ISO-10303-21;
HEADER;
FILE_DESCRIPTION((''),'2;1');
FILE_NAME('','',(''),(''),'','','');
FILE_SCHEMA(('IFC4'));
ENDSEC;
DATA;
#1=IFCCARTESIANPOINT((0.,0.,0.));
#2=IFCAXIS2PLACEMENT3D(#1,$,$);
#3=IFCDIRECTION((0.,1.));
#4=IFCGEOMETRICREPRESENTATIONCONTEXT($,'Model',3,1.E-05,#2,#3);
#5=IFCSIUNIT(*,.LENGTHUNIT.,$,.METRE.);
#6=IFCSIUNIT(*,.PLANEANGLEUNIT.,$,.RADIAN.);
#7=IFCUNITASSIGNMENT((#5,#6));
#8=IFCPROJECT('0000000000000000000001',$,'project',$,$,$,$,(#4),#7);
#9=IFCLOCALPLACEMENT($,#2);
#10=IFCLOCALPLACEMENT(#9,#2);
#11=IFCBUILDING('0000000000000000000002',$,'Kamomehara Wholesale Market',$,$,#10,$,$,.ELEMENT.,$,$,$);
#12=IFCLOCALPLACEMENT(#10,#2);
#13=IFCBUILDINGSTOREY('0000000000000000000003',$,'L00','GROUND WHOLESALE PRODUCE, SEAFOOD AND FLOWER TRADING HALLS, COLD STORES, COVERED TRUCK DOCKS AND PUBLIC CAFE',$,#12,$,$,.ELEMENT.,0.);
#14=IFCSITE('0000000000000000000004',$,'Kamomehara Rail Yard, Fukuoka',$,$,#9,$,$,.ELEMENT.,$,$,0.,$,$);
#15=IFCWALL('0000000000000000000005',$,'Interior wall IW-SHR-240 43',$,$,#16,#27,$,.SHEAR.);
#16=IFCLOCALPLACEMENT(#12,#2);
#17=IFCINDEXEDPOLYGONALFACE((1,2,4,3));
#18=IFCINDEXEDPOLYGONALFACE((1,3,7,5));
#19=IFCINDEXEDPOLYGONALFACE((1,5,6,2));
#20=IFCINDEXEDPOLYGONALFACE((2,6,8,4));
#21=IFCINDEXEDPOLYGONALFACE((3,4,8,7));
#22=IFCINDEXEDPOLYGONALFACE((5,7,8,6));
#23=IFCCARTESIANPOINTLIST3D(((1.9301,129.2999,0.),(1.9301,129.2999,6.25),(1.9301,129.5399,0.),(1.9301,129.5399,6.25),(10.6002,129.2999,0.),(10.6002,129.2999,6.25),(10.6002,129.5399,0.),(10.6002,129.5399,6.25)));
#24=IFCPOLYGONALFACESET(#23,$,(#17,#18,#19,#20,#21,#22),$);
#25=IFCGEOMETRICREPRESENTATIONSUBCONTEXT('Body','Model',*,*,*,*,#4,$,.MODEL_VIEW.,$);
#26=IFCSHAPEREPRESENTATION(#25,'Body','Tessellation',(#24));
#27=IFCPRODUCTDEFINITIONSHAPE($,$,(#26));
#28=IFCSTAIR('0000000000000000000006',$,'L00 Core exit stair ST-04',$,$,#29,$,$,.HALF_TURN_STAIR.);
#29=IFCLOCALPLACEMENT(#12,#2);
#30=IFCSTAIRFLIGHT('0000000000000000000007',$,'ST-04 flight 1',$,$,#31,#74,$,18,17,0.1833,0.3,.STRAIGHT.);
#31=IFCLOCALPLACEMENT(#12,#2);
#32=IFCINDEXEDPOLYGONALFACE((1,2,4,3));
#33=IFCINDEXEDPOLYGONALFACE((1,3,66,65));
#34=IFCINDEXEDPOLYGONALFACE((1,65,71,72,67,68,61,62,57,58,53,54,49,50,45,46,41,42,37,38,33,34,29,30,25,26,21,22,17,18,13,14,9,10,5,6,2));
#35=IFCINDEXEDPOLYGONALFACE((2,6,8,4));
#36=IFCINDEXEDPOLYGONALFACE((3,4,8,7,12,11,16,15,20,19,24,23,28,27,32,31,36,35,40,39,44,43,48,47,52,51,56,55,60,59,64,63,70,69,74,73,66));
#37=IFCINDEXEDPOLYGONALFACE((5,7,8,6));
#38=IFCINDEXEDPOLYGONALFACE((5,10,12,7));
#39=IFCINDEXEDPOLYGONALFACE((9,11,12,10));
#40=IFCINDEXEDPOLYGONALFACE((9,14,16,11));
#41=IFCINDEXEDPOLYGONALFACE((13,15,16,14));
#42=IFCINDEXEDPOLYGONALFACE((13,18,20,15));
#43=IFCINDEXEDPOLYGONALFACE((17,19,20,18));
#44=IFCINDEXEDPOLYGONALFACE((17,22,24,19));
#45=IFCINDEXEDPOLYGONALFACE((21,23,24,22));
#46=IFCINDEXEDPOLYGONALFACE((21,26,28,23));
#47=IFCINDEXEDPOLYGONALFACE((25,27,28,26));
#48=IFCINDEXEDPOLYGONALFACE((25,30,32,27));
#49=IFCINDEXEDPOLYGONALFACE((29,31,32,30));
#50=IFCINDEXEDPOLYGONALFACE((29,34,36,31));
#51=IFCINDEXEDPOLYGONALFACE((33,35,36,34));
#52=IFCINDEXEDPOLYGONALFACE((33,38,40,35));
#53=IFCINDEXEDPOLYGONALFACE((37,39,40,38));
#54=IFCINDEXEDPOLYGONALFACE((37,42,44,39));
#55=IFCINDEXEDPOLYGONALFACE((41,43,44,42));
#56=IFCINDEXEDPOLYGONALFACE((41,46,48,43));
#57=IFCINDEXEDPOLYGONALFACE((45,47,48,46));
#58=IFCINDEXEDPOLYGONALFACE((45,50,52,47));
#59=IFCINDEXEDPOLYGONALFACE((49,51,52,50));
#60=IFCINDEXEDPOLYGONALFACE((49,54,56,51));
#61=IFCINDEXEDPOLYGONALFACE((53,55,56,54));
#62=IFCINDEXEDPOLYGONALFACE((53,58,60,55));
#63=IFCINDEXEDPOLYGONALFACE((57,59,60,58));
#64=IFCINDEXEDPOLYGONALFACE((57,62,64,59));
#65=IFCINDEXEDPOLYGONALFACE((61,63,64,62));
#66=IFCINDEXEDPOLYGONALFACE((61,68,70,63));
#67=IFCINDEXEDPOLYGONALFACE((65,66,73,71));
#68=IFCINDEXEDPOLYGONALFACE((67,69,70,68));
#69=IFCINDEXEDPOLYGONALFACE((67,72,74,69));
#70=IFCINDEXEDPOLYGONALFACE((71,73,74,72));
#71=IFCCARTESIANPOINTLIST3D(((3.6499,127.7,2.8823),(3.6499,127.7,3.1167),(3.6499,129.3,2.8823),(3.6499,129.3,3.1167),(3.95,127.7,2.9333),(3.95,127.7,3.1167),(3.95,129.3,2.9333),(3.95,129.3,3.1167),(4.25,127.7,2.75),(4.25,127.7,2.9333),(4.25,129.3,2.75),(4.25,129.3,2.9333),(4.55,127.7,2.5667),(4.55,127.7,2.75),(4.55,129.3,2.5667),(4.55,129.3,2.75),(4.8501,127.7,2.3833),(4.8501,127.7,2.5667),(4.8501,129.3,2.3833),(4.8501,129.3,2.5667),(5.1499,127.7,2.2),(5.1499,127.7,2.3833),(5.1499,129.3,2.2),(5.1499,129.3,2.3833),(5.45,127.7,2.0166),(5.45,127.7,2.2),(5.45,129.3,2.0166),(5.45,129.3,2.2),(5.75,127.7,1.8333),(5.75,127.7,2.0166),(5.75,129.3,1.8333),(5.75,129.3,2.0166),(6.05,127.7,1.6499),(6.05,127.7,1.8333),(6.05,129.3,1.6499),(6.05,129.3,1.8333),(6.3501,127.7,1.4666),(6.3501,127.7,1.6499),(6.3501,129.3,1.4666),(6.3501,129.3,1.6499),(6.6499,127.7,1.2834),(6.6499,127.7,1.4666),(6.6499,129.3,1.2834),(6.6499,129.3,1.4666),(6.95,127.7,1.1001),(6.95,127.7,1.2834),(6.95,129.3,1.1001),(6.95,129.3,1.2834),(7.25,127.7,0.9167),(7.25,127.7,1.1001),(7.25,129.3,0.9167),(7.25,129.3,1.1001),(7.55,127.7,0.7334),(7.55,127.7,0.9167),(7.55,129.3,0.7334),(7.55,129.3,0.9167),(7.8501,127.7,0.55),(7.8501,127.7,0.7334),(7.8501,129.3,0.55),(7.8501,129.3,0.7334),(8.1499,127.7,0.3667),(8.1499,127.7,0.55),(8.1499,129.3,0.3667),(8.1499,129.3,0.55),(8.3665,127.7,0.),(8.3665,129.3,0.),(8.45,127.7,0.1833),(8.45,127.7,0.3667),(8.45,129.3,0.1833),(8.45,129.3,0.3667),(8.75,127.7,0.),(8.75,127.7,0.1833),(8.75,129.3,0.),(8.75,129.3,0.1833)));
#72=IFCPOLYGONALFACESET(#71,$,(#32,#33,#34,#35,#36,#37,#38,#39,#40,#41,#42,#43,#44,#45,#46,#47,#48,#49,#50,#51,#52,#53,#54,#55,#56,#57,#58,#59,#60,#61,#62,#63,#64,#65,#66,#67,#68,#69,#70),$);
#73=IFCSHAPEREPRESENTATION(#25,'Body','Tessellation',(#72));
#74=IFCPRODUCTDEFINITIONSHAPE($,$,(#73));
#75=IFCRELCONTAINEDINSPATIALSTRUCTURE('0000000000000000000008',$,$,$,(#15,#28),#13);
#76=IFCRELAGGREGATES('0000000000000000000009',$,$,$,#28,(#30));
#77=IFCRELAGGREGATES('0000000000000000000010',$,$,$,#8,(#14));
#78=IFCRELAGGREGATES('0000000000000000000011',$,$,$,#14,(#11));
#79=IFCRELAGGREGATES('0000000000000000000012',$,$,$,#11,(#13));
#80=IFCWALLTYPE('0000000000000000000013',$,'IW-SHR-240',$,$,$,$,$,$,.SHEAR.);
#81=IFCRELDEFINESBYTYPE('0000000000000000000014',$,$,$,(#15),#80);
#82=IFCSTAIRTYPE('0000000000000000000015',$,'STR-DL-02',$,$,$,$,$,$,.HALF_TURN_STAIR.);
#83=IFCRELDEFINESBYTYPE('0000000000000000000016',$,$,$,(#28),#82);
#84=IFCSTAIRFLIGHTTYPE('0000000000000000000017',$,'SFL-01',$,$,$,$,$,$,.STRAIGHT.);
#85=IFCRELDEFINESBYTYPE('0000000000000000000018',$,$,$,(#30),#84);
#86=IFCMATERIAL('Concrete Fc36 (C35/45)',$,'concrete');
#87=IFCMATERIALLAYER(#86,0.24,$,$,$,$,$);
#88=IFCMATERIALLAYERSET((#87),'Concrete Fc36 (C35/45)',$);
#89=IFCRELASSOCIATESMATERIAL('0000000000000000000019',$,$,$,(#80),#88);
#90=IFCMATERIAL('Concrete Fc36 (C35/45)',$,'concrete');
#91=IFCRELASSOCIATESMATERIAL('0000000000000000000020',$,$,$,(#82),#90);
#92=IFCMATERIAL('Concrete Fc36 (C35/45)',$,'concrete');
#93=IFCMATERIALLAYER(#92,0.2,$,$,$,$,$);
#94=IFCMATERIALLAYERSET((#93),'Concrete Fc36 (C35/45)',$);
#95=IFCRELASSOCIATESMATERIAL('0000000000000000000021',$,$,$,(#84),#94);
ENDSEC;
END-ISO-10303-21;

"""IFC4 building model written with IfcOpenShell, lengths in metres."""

from ifc_helpers import new_model, si_unit, direction, frame, frame_2d, origin, place, context, subcontext, project, spatial, polyline, rectangle, outline, extrude, material, layer, layer_set, type_object, element, aggregate, save


model = new_model("IFC4")

# Units and contexts
model_context = context("Model", 3, precision=1e-05, world=origin(), true_north=direction((0.0, 1.0)))
body_context = subcontext(model_context, "Body", "Model", "MODEL_VIEW")
ifc_project = project(units=[si_unit("LENGTHUNIT", "METRE"), si_unit("PLANEANGLEUNIT", "RADIAN")], contexts=[model_context])

# Site, building, storey
site_placement = place(None, origin())
site = spatial("IfcSite", under=ifc_project, at=site_placement, Name="Kamomehara Rail Yard, Fukuoka", CompositionType="ELEMENT", RefElevation=0.0)
building_placement = place(site_placement, origin())
building = spatial("IfcBuilding", under=site, at=building_placement, Name="Kamomehara Wholesale Market", CompositionType="ELEMENT")
storey_placement = place(building_placement, origin())
storey = spatial("IfcBuildingStorey", under=building, at=storey_placement, Name="L00", Description="GROUND WHOLESALE PRODUCE, SEAFOOD AND FLOWER TRADING HALLS, COLD STORES, COVERED TRUCK DOCKS AND PUBLIC CAFE", CompositionType="ELEMENT", Elevation=0.0)

# Wall
ifc_material_1 = material(Name="Concrete Fc36 (C35/45)", Category="concrete")
ifc_layer_1 = layer(ifc_material_1, 0.24)
ifc_layer_set_1 = layer_set([ifc_layer_1], Name="Concrete Fc36 (C35/45)")
wall_type_1 = type_object("IfcWallType", Name="IW-SHR-240", PredefinedType="SHEAR", material=ifc_layer_set_1)
wall_1_placement = place(storey_placement, frame((10.6001, 129.4199, 0.0), z_axis=(0.0, 0.0, 1.0), x_axis=(-1.0, 0.0, 0.0)))
element("IfcWall", 1, at=wall_1_placement, inside=storey, type_object=wall_type_1, Name="Interior wall IW-SHR-240 43", PredefinedType="SHEAR", context=body_context, shape_type="SweptSolid", body=[
    extrude(rectangle(XDim=8.6702, YDim=0.24, at=frame_2d((4.335, 0.0))), origin(), (0.0, 0.0, 1.0), 6.25),
])

# Stair, stair flight
ifc_material_2 = material(Name="Concrete Fc36 (C35/45)", Category="concrete")
stair_type = type_object("IfcStairType", Name="STR-DL-02", PredefinedType="HALF_TURN_STAIR", material=ifc_material_2)
stair_placement = place(storey_placement, origin())
stair = element("IfcStair", 2, at=stair_placement, inside=storey, type_object=stair_type, Name="L00 Core exit stair ST-04", PredefinedType="HALF_TURN_STAIR")
ifc_material_3 = material(Name="Concrete Fc36 (C35/45)", Category="concrete")
ifc_layer_2 = layer(ifc_material_3, 0.2)
ifc_layer_set_2 = layer_set([ifc_layer_2], Name="Concrete Fc36 (C35/45)")
stair_flight_type = type_object("IfcStairFlightType", Name="SFL-01", PredefinedType="STRAIGHT", material=ifc_layer_set_2)
stair_flight_placement = place(storey_placement, frame((8.75, 128.5, 0.0), z_axis=(0.0, 0.0, 1.0), x_axis=(-1.0, 0.0, 0.0)))
stair_flight = element("IfcStairFlight", 3, at=stair_flight_placement, type_object=stair_flight_type, Name="ST-04 flight 1", NumberOfRisers=18, NumberOfTreads=17, PredefinedType="STRAIGHT", RiserHeight=0.1833, TreadLength=0.3, context=body_context, shape_type="SweptSolid", body=[
    extrude(outline(polyline([(0.0, 0.0), (0.0, 0.1833), (0.3, 0.1833), (0.3, 0.3667), (0.6001, 0.3667), (0.6001, 0.55), (0.8999, 0.55), (0.8999, 0.7334), (1.2, 0.7334), (1.2, 0.9167), (1.5, 0.9167), (1.5, 1.1001), (1.8, 1.1001), (1.8, 1.2834), (2.1001, 1.2834), (2.1001, 1.4666), (2.3999, 1.4666), (2.3999, 1.6499), (2.7, 1.6499), (2.7, 1.8333), (3.0, 1.8333), (3.0, 2.0166), (3.3, 2.0166), (3.3, 2.2), (3.6001, 2.2), (3.6001, 2.3833), (3.8999, 2.3833), (3.8999, 2.5667), (4.2, 2.5667), (4.2, 2.75), (4.5, 2.75), (4.5, 2.9333), (4.8, 2.9333), (4.8, 3.1167), (5.1001, 3.1167), (5.1001, 3.3), (5.1001, 2.8823), (0.3835, 0.0), (0.0, 0.0)])), frame((0.0, 0.8, 0.0), z_axis=(0.0, -1.0, 0.0), x_axis=(1.0, 0.0, 0.0)), (0.0, 0.0, 1.0), 1.6001),
])
aggregate(stair, [stair_flight])

save(model, "model.ifc")
